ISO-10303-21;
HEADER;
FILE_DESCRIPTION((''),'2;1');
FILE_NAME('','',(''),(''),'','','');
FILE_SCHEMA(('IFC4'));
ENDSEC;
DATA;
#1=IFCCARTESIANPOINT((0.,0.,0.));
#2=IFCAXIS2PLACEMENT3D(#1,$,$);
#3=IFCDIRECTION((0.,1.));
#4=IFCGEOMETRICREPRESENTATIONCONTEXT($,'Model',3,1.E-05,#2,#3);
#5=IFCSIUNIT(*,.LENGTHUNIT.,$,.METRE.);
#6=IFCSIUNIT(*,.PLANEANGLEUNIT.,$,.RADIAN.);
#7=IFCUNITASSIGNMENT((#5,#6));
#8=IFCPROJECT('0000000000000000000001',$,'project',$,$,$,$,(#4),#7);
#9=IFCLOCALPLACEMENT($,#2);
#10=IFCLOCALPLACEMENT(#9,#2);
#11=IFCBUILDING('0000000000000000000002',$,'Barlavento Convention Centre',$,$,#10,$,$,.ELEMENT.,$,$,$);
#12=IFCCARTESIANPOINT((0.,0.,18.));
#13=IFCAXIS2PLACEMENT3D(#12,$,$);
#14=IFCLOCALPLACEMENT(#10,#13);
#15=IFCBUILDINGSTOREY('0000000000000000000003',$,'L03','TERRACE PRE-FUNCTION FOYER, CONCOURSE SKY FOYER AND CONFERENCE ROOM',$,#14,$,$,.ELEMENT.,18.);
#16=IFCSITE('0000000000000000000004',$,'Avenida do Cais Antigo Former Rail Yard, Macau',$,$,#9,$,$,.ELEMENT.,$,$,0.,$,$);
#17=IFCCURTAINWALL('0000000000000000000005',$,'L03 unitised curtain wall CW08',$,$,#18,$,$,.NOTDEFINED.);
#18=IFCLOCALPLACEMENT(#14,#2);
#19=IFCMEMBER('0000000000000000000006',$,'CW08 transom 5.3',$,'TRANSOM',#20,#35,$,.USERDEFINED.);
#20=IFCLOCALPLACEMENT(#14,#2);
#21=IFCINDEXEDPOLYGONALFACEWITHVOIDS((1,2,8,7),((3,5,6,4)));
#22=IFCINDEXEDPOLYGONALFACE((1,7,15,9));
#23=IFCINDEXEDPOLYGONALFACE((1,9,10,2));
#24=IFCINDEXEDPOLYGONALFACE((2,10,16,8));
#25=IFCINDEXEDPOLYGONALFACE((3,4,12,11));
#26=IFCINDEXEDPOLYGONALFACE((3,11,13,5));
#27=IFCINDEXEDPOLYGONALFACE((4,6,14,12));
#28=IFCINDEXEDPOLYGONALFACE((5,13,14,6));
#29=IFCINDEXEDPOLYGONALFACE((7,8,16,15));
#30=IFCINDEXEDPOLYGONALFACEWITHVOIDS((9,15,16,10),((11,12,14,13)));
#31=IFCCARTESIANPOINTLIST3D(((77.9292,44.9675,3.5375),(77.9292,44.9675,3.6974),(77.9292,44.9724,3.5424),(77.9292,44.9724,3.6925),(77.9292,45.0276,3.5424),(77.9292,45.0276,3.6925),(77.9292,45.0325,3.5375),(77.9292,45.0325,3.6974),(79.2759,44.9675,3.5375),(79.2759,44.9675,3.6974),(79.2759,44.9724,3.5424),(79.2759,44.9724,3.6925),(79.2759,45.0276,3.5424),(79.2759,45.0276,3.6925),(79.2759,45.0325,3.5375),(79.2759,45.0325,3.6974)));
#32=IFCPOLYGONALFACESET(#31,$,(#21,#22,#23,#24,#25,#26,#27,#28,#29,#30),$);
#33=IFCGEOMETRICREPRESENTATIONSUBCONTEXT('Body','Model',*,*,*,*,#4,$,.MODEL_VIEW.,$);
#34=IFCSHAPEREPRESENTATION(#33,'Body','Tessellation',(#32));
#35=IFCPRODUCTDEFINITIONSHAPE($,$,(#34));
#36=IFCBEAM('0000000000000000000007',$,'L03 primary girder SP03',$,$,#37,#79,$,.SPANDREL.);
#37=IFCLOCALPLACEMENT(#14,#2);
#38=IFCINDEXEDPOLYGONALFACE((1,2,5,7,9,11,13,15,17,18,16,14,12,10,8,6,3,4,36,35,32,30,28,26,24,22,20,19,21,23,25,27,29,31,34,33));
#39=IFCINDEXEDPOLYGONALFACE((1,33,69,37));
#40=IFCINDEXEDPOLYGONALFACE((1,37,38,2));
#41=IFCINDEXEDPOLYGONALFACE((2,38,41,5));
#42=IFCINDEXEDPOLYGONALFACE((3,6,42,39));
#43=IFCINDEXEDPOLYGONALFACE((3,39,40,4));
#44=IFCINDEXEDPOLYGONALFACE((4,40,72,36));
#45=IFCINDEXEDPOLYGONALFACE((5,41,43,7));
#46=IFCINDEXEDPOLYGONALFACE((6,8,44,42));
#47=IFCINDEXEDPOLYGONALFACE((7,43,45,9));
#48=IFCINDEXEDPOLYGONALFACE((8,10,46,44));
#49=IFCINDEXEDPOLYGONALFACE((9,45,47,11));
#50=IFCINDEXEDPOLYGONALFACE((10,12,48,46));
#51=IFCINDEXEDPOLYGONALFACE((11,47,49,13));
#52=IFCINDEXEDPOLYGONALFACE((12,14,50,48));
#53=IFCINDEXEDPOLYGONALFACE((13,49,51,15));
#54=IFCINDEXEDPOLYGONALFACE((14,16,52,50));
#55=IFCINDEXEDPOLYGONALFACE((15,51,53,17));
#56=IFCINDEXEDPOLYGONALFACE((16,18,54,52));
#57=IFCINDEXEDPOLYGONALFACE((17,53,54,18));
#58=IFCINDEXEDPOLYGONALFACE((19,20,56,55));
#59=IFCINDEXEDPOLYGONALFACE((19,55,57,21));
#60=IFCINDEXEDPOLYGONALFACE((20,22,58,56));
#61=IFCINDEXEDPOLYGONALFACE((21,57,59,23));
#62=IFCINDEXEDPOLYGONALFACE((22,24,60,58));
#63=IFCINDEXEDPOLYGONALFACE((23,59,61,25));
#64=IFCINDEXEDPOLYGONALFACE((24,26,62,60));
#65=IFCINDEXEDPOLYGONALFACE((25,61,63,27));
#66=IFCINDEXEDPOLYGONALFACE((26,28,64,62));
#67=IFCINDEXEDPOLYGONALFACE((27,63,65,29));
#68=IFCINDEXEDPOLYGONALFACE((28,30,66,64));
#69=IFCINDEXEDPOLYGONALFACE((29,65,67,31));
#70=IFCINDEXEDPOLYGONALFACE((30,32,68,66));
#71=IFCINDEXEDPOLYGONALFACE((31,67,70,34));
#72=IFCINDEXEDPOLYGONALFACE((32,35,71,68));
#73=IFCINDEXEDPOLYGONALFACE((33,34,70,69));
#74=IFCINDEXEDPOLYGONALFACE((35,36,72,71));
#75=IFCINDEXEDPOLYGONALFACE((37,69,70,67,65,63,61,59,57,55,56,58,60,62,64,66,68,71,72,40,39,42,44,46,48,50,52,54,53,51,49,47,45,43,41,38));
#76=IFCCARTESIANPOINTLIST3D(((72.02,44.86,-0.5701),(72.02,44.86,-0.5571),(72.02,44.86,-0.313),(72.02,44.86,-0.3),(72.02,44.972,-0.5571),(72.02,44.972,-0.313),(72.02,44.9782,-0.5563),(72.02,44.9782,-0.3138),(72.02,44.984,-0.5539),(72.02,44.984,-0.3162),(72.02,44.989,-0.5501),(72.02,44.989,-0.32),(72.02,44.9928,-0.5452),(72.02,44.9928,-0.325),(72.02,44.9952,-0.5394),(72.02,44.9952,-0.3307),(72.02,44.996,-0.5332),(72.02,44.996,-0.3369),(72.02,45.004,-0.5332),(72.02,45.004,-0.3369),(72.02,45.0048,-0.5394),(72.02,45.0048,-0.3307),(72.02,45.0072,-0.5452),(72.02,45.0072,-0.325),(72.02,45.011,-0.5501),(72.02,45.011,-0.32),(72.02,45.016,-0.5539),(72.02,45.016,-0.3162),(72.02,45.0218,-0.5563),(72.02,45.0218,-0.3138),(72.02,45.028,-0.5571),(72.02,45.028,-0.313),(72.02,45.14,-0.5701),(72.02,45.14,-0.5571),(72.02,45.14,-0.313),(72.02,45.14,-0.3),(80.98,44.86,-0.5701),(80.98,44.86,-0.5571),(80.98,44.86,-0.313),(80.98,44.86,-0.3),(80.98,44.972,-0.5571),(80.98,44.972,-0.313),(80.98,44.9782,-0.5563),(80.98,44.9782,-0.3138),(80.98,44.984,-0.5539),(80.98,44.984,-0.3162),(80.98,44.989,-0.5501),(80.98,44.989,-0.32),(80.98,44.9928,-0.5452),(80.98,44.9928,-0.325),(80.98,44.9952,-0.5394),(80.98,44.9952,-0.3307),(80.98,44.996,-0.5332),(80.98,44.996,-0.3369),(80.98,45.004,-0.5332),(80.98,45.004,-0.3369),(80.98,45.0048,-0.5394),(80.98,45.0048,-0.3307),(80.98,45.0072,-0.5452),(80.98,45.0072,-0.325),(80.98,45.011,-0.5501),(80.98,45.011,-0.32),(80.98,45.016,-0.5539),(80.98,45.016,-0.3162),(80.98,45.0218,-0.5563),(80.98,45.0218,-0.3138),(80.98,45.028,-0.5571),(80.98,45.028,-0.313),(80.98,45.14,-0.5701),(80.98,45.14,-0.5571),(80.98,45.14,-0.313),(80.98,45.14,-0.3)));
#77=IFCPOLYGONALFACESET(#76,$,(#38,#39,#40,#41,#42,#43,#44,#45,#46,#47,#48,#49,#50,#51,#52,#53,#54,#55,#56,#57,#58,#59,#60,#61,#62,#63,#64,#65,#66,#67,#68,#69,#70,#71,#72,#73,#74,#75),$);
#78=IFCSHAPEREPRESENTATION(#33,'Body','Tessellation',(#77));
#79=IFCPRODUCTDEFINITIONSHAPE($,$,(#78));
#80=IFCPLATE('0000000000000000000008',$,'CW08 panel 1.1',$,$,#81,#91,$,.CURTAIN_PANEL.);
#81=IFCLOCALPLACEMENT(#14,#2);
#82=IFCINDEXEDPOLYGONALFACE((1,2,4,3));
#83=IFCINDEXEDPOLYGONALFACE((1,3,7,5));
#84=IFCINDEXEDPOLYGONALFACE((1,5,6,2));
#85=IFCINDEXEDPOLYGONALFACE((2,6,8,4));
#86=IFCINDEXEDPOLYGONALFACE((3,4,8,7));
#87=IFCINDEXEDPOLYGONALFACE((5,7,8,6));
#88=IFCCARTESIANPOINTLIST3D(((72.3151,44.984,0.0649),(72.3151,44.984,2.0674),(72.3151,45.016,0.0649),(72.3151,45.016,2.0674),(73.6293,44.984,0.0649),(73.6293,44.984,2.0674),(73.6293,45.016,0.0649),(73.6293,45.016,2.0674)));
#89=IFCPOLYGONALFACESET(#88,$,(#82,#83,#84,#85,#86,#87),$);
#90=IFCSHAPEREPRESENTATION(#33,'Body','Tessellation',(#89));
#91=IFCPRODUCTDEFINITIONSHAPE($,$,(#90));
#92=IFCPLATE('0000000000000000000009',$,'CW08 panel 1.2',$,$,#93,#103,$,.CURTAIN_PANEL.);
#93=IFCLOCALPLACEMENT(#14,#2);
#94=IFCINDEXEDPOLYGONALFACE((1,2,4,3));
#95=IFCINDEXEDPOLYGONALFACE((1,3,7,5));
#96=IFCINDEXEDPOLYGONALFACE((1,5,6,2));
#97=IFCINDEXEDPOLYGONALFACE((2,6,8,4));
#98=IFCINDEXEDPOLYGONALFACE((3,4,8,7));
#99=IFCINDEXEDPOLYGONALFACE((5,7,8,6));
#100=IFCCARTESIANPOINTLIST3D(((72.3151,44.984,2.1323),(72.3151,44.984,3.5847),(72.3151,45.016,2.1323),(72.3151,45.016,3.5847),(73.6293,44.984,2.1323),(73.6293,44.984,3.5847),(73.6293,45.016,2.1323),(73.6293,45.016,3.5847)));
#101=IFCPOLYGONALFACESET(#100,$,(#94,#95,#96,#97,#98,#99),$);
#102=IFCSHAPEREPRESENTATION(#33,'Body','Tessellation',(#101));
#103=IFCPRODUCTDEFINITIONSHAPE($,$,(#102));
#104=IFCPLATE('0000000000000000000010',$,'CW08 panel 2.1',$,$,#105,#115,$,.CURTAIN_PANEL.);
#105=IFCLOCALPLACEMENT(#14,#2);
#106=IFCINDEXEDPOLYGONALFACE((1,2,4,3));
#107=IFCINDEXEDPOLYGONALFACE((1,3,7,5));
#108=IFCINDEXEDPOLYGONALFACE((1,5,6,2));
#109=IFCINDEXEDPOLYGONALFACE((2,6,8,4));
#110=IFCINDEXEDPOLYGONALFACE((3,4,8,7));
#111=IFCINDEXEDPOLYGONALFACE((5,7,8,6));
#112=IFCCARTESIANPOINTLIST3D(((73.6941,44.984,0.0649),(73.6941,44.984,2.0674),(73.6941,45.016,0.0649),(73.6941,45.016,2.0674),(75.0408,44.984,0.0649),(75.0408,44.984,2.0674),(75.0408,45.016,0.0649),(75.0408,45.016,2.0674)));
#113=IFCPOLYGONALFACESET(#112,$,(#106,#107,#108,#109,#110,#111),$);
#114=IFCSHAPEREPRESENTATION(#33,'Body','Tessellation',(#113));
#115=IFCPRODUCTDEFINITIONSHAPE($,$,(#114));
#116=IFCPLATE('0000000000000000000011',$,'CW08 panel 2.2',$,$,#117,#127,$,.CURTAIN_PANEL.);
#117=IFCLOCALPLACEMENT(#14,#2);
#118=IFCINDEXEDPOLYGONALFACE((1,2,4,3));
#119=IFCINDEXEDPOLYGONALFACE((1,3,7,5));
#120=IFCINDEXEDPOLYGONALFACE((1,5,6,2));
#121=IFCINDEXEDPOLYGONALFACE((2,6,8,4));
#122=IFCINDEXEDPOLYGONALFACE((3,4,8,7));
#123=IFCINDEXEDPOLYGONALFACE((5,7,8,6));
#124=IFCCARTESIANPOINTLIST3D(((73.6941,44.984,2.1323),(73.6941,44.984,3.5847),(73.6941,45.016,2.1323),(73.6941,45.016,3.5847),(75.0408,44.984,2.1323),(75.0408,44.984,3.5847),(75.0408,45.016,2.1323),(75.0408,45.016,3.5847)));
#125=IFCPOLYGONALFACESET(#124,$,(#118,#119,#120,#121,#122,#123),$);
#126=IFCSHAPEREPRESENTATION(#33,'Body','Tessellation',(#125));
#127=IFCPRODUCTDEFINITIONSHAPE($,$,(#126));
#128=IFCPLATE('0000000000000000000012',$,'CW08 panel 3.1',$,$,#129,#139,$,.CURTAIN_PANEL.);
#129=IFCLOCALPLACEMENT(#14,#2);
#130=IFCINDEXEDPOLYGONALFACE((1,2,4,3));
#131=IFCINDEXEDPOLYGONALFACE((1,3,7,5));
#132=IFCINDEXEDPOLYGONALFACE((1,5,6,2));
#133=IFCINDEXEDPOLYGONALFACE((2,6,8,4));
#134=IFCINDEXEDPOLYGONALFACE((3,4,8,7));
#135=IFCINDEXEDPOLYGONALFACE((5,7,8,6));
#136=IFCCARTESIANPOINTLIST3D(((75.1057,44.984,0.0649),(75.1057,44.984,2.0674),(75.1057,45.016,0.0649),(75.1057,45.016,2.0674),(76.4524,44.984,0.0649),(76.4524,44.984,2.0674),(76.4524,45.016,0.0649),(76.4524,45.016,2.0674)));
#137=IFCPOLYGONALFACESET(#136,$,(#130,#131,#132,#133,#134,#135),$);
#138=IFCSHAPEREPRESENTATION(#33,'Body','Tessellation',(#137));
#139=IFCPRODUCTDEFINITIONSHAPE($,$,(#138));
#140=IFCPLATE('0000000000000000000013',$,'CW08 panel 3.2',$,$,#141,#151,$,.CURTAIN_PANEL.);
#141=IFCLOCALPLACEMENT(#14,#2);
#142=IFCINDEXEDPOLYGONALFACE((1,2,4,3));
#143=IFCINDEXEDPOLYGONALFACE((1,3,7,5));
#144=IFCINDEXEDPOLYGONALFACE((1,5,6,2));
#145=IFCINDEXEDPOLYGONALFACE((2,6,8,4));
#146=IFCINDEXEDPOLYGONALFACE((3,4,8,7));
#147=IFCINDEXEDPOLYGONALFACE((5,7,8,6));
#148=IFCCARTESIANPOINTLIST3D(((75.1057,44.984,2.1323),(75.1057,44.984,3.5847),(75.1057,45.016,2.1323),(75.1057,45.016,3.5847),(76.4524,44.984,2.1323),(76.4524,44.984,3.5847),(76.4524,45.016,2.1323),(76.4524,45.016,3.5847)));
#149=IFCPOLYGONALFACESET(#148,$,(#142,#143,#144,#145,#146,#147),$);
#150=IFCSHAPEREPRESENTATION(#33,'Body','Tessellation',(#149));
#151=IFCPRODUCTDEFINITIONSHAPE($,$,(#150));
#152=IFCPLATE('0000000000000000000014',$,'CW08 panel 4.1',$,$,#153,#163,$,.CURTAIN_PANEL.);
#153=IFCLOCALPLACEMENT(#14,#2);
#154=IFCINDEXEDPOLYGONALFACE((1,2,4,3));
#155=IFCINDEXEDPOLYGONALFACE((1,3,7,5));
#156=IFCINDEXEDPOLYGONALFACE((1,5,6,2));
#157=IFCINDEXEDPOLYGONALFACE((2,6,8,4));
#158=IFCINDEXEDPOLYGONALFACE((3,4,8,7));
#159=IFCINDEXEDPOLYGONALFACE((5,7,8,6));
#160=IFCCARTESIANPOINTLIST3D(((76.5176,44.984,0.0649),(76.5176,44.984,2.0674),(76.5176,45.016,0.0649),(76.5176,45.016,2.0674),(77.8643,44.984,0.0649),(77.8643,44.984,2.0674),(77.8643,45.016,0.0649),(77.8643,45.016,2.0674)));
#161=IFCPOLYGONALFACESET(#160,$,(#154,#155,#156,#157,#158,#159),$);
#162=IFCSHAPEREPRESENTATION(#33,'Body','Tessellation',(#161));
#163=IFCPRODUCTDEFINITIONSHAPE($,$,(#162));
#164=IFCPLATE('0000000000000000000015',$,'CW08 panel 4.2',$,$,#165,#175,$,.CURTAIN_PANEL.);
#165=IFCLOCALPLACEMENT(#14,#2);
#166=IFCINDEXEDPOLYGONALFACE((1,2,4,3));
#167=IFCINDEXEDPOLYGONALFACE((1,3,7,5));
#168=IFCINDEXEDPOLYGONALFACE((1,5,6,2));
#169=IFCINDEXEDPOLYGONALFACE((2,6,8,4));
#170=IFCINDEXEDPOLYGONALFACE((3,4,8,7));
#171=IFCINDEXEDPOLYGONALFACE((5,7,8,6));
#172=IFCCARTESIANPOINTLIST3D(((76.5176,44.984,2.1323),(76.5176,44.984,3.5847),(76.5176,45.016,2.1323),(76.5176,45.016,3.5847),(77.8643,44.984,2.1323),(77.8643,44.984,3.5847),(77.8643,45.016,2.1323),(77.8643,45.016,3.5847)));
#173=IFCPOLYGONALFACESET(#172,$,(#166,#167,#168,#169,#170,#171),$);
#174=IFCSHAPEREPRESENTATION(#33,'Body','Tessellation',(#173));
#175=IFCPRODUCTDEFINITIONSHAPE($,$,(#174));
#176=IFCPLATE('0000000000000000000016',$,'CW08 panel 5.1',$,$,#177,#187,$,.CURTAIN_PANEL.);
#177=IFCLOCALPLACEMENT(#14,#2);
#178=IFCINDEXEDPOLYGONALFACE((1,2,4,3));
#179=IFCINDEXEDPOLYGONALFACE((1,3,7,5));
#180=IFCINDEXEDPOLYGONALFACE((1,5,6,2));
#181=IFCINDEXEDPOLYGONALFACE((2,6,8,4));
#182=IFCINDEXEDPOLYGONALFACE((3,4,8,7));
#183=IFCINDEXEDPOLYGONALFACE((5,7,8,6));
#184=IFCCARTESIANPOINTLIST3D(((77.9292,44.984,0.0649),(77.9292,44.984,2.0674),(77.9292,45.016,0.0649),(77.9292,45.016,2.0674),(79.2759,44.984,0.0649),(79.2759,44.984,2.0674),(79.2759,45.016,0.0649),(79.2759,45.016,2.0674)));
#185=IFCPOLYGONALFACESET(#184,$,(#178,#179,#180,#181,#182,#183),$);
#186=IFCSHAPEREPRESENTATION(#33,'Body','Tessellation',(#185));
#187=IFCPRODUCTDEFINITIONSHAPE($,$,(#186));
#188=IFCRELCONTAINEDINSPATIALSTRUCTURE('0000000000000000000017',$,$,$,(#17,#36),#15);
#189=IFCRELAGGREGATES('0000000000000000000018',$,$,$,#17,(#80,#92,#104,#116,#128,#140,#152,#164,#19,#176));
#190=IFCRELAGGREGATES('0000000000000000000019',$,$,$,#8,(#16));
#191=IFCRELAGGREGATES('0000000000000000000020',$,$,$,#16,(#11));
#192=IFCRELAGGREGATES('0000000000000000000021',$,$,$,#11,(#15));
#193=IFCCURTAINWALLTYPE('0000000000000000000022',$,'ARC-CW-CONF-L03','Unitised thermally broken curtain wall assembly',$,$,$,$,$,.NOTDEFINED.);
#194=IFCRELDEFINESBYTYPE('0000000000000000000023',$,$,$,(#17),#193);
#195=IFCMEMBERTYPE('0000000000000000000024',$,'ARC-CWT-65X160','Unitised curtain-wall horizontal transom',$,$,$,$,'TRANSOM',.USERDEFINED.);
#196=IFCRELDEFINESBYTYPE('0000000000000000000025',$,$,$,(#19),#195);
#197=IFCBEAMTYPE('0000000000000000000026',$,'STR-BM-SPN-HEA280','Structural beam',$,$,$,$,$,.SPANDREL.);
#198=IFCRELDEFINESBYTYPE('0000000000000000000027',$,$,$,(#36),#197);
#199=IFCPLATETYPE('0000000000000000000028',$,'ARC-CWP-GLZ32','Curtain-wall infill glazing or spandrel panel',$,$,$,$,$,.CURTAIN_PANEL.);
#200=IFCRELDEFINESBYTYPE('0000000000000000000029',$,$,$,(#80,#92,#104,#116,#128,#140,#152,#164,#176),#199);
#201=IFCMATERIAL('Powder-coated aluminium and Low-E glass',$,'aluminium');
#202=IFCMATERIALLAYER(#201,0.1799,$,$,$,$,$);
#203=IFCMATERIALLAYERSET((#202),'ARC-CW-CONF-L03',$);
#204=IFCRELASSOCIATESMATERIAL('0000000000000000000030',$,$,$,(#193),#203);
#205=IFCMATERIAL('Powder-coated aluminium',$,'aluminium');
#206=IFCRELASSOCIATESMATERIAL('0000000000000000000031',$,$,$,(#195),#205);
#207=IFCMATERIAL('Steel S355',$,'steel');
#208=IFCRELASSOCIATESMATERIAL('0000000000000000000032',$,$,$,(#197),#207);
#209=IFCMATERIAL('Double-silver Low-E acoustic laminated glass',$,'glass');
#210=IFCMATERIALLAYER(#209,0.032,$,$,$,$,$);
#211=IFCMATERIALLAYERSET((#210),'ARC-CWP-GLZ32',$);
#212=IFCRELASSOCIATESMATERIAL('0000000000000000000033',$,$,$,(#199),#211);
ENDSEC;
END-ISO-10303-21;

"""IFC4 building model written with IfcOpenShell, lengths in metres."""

from ifc_helpers import new_model, si_unit, direction, frame, origin, origin_2d, place, context, subcontext, project, spatial, rectangle, hollow_rectangle, i_section, extrude, material, layer, layer_set, material_profile, profile_set, type_object, element, aggregate, save


model = new_model("IFC4")

# Units and contexts
model_context = context("Model", 3, precision=1e-05, world=origin(), true_north=direction((0.0, 1.0)))
body_context = subcontext(model_context, "Body", "Model", "MODEL_VIEW")
ifc_project = project(units=[si_unit("LENGTHUNIT", "METRE"), si_unit("PLANEANGLEUNIT", "RADIAN")], contexts=[model_context])

# Site, building, storey
site_placement = place(None, origin())
site = spatial("IfcSite", under=ifc_project, at=site_placement, Name="Avenida do Cais Antigo Former Rail Yard, Macau", CompositionType="ELEMENT", RefElevation=0.0)
building_placement = place(site_placement, origin())
building = spatial("IfcBuilding", under=site, at=building_placement, Name="Barlavento Convention Centre", CompositionType="ELEMENT")
storey_placement = place(building_placement, frame((0.0, 0.0, 18.0)))
storey = spatial("IfcBuildingStorey", under=building, at=storey_placement, Name="L03", Description="TERRACE PRE-FUNCTION FOYER, CONCOURSE SKY FOYER AND CONFERENCE ROOM", CompositionType="ELEMENT", Elevation=18.0)

# Shared definitions
ifc_material_1 = material(Name="Steel S355", Category="steel")

# Curtain wall, member
ifc_material_2 = material(Name="Powder-coated aluminium and Low-E glass", Category="aluminium")
ifc_layer_1 = layer(ifc_material_2, 0.1799)
ifc_layer_set_1 = layer_set([ifc_layer_1], Name="ARC-CW-CONF-L03")
curtain_wall_type = type_object("IfcCurtainWallType", Name="ARC-CW-CONF-L03", Description="Unitised thermally broken curtain wall assembly", PredefinedType="NOTDEFINED", material=ifc_layer_set_1)
curtain_wall_placement = place(storey_placement, origin())
curtain_wall = element("IfcCurtainWall", 1, at=curtain_wall_placement, inside=storey, type_object=curtain_wall_type, Name="L03 unitised curtain wall CW08", PredefinedType="NOTDEFINED")
ifc_material_3 = material(Name="Powder-coated aluminium", Category="aluminium")
ifc_material_profile_1 = material_profile(ifc_material_3, hollow_rectangle(XDim=0.0649, YDim=0.1599, WallThickness=0.0049, at=origin_2d()), Name="AL-TRAN 65x160x5")
ifc_profile_set_1 = profile_set([ifc_material_profile_1], Name="Powder-coated aluminium")
member_type_1 = type_object("IfcMemberType", Name="ARC-CWT-65X160", Description="Unitised curtain-wall horizontal transom", ElementType="TRANSOM", PredefinedType="USERDEFINED", material=ifc_profile_set_1)
member_1_placement = place(storey_placement, frame((77.9292, 45.0, 3.6174), z_axis=(1.0, 0.0, 0.0), x_axis=(0.0, 1.0, 0.0)))
member_1 = element("IfcMember", 2, at=member_1_placement, type_object=member_type_1, Name="CW08 transom 5.3", ObjectType="TRANSOM", PredefinedType="USERDEFINED", context=body_context, shape_type="SweptSolid", body=[
    extrude(hollow_rectangle(XDim=0.0649, YDim=0.1599, WallThickness=0.0049, at=origin_2d()), origin(), (0.0, 0.0, 1.0), 1.3467),
])

# Beam
ifc_material_profile_2 = material_profile(ifc_material_1, i_section(OverallWidth=0.28, OverallDepth=0.27, WebThickness=0.0081, FlangeThickness=0.0129, FilletRadius=0.0239, at=origin_2d()), Name="HEA 280")
ifc_profile_set_2 = profile_set([ifc_material_profile_2], Name="Steel S355")
beam_type = type_object("IfcBeamType", Name="STR-BM-SPN-HEA280", Description="Structural beam", PredefinedType="SPANDREL", material=ifc_profile_set_2)
beam_placement = place(storey_placement, frame((72.02, 45.0, -0.4351), z_axis=(1.0, 0.0, 0.0), x_axis=(0.0, 1.0, 0.0)))
element("IfcBeam", 3, at=beam_placement, inside=storey, type_object=beam_type, Name="L03 primary girder SP03", PredefinedType="SPANDREL", context=body_context, shape_type="SweptSolid", body=[
    extrude(i_section(OverallWidth=0.28, OverallDepth=0.27, WebThickness=0.0081, FlangeThickness=0.0129, FilletRadius=0.0239, at=origin_2d()), origin(), (0.0, 0.0, 1.0), 8.96),
])

# Plates
ifc_material_4 = material(Name="Double-silver Low-E acoustic laminated glass", Category="glass")
ifc_layer_2 = layer(ifc_material_4, 0.032)
ifc_layer_set_2 = layer_set([ifc_layer_2], Name="ARC-CWP-GLZ32")
plate_type = type_object("IfcPlateType", Name="ARC-CWP-GLZ32", Description="Curtain-wall infill glazing or spandrel panel", PredefinedType="CURTAIN_PANEL", material=ifc_layer_set_2)
plate_1_placement = place(storey_placement, frame((72.9722, 45.0, 0.0649), z_axis=(0.0, 0.0, 1.0), x_axis=(1.0, 0.0, 0.0)))
plate_1 = element("IfcPlate", 4, at=plate_1_placement, type_object=plate_type, Name="CW08 panel 1.1", PredefinedType="CURTAIN_PANEL", context=body_context, shape_type="SweptSolid", body=[
    extrude(rectangle(XDim=1.3142, YDim=0.032, at=origin_2d()), origin(), (0.0, 0.0, 1.0), 2.0024),
])
plate_2_placement = place(storey_placement, frame((72.9722, 45.0, 2.1323), z_axis=(0.0, 0.0, 1.0), x_axis=(1.0, 0.0, 0.0)))
plate_2 = element("IfcPlate", 5, at=plate_2_placement, type_object=plate_type, Name="CW08 panel 1.2", PredefinedType="CURTAIN_PANEL", context=body_context, shape_type="SweptSolid", body=[
    extrude(rectangle(XDim=1.3142, YDim=0.032, at=origin_2d()), origin(), (0.0, 0.0, 1.0), 1.4524),
])
plate_3_placement = place(storey_placement, frame((74.3674, 45.0, 0.0649), z_axis=(0.0, 0.0, 1.0), x_axis=(1.0, 0.0, 0.0)))
plate_3 = element("IfcPlate", 6, at=plate_3_placement, type_object=plate_type, Name="CW08 panel 2.1", PredefinedType="CURTAIN_PANEL", context=body_context, shape_type="SweptSolid", body=[
    extrude(rectangle(XDim=1.3467, YDim=0.032, at=origin_2d()), origin(), (0.0, 0.0, 1.0), 2.0024),
])
plate_4_placement = place(storey_placement, frame((74.3674, 45.0, 2.1323), z_axis=(0.0, 0.0, 1.0), x_axis=(1.0, 0.0, 0.0)))
plate_4 = element("IfcPlate", 7, at=plate_4_placement, type_object=plate_type, Name="CW08 panel 2.2", PredefinedType="CURTAIN_PANEL", context=body_context, shape_type="SweptSolid", body=[
    extrude(rectangle(XDim=1.3467, YDim=0.032, at=origin_2d()), origin(), (0.0, 0.0, 1.0), 1.4524),
])
plate_5_placement = place(storey_placement, frame((75.7791, 45.0, 0.0649), z_axis=(0.0, 0.0, 1.0), x_axis=(1.0, 0.0, 0.0)))
plate_5 = element("IfcPlate", 8, at=plate_5_placement, type_object=plate_type, Name="CW08 panel 3.1", PredefinedType="CURTAIN_PANEL", context=body_context, shape_type="SweptSolid", body=[
    extrude(rectangle(XDim=1.3467, YDim=0.032, at=origin_2d()), origin(), (0.0, 0.0, 1.0), 2.0024),
])
plate_6_placement = place(storey_placement, frame((75.7791, 45.0, 2.1323), z_axis=(0.0, 0.0, 1.0), x_axis=(1.0, 0.0, 0.0)))
plate_6 = element("IfcPlate", 9, at=plate_6_placement, type_object=plate_type, Name="CW08 panel 3.2", PredefinedType="CURTAIN_PANEL", context=body_context, shape_type="SweptSolid", body=[
    extrude(rectangle(XDim=1.3467, YDim=0.032, at=origin_2d()), origin(), (0.0, 0.0, 1.0), 1.4524),
])
plate_7_placement = place(storey_placement, frame((77.1909, 45.0, 0.0649), z_axis=(0.0, 0.0, 1.0), x_axis=(1.0, 0.0, 0.0)))
plate_7 = element("IfcPlate", 10, at=plate_7_placement, type_object=plate_type, Name="CW08 panel 4.1", PredefinedType="CURTAIN_PANEL", context=body_context, shape_type="SweptSolid", body=[
    extrude(rectangle(XDim=1.3467, YDim=0.032, at=origin_2d()), origin(), (0.0, 0.0, 1.0), 2.0024),
])
plate_8_placement = place(storey_placement, frame((77.1909, 45.0, 2.1323), z_axis=(0.0, 0.0, 1.0), x_axis=(1.0, 0.0, 0.0)))
plate_8 = element("IfcPlate", 11, at=plate_8_placement, type_object=plate_type, Name="CW08 panel 4.2", PredefinedType="CURTAIN_PANEL", context=body_context, shape_type="SweptSolid", body=[
    extrude(rectangle(XDim=1.3467, YDim=0.032, at=origin_2d()), origin(), (0.0, 0.0, 1.0), 1.4524),
])
plate_9_placement = place(storey_placement, frame((78.6025, 45.0, 0.0649), z_axis=(0.0, 0.0, 1.0), x_axis=(1.0, 0.0, 0.0)))
plate_9 = element("IfcPlate", 12, at=plate_9_placement, type_object=plate_type, Name="CW08 panel 5.1", PredefinedType="CURTAIN_PANEL", context=body_context, shape_type="SweptSolid", body=[
    extrude(rectangle(XDim=1.3467, YDim=0.032, at=origin_2d()), origin(), (0.0, 0.0, 1.0), 2.0024),
])
aggregate(curtain_wall, [plate_1, plate_2, plate_3, plate_4, plate_5, plate_6, plate_7, plate_8, member_1, plate_9])

save(model, "model.ifc")
